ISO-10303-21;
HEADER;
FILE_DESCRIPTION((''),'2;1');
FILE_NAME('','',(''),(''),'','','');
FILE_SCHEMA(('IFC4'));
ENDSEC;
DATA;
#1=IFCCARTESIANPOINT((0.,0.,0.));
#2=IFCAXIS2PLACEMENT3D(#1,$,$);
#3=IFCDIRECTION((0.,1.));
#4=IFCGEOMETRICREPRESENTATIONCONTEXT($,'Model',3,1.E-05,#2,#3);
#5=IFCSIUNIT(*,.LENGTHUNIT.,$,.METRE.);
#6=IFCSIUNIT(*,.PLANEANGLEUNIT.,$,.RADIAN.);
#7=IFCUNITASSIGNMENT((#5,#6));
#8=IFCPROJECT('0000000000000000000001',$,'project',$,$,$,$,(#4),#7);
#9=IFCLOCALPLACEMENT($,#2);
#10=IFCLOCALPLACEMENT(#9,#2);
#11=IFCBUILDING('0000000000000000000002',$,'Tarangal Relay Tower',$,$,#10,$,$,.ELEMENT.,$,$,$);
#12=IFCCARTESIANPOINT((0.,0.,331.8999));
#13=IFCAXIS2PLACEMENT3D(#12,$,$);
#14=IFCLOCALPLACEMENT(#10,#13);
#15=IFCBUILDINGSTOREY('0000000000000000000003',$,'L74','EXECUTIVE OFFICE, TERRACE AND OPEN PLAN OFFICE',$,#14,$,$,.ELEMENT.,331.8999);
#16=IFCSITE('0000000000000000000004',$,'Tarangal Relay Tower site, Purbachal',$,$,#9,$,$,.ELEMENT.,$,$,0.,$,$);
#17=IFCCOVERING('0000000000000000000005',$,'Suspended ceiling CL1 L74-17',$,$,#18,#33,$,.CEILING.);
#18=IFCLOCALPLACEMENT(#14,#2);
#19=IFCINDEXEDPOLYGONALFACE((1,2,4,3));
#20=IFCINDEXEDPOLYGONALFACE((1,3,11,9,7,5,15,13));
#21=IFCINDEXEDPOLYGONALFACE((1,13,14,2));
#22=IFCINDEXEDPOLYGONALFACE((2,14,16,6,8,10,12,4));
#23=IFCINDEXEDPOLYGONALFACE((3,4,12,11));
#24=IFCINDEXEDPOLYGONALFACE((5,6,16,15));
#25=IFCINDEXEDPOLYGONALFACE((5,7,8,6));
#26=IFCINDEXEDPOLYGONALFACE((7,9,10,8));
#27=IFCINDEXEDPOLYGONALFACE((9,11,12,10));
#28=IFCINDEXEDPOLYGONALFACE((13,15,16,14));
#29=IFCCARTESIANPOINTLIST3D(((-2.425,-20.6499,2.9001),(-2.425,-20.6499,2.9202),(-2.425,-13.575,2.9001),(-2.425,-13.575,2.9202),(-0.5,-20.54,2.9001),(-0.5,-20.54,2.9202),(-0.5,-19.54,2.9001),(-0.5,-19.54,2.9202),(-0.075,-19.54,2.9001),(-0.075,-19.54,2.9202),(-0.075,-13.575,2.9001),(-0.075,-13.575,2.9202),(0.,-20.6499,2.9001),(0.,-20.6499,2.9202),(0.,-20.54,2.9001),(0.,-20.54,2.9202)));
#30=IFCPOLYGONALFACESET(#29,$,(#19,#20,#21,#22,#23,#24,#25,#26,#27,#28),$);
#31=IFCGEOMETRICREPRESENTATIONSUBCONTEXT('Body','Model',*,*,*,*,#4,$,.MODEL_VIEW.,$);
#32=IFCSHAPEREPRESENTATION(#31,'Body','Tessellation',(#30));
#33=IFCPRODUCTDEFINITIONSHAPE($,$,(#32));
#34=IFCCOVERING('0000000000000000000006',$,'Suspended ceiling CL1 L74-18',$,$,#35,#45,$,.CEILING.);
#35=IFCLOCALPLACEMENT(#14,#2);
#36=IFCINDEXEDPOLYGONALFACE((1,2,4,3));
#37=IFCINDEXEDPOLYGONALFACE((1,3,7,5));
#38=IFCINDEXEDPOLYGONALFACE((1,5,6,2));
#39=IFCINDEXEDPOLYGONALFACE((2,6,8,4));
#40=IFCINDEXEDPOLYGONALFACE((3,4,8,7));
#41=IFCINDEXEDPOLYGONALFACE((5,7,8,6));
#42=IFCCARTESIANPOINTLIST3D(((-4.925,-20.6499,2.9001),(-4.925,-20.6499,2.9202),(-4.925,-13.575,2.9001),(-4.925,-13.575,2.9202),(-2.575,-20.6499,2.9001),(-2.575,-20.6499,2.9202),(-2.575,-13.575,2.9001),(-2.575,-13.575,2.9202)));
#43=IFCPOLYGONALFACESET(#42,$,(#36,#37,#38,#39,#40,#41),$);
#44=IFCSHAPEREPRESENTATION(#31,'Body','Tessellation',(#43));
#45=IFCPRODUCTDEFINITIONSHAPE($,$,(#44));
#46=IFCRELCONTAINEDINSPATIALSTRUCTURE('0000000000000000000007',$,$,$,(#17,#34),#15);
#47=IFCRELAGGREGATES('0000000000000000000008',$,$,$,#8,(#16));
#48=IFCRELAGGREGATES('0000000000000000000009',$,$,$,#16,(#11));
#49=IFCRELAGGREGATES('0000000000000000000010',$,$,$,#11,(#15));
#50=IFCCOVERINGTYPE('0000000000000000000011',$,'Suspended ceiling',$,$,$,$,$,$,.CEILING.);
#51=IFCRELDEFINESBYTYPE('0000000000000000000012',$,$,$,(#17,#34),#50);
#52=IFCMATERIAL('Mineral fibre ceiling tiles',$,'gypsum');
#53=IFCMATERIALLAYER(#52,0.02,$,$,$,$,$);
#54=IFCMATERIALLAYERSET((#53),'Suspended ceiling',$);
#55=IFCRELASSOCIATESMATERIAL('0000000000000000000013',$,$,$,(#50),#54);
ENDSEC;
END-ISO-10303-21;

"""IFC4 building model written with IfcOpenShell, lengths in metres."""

from ifc_helpers import new_model, si_unit, direction, frame, origin, place, context, subcontext, project, spatial, polyline, outline, extrude, material, layer, layer_set, type_object, element, save


model = new_model("IFC4")

# Units and contexts
model_context = context("Model", 3, precision=1e-05, world=origin(), true_north=direction((0.0, 1.0)))
body_context = subcontext(model_context, "Body", "Model", "MODEL_VIEW")
ifc_project = project(units=[si_unit("LENGTHUNIT", "METRE"), si_unit("PLANEANGLEUNIT", "RADIAN")], contexts=[model_context])

# Site, building, storey
site_placement = place(None, origin())
site = spatial("IfcSite", under=ifc_project, at=site_placement, Name="Tarangal Relay Tower site, Purbachal", CompositionType="ELEMENT", RefElevation=0.0)
building_placement = place(site_placement, origin())
building = spatial("IfcBuilding", under=site, at=building_placement, Name="Tarangal Relay Tower", CompositionType="ELEMENT")
storey_placement = place(building_placement, frame((0.0, 0.0, 331.8999)))
storey = spatial("IfcBuildingStorey", under=building, at=storey_placement, Name="L74", Description="EXECUTIVE OFFICE, TERRACE AND OPEN PLAN OFFICE", CompositionType="ELEMENT", Elevation=331.8999)

# Coverings
ifc_material_1 = material(Name="Mineral fibre ceiling tiles", Category="gypsum")
ifc_layer_1 = layer(ifc_material_1, 0.02)
ifc_layer_set_1 = layer_set([ifc_layer_1], Name="Suspended ceiling")
covering_type_1 = type_object("IfcCoveringType", Name="Suspended ceiling", PredefinedType="CEILING", material=ifc_layer_set_1)
covering_1_placement = place(storey_placement, frame((0.0, 0.0, 2.9001)))
element("IfcCovering", 1, at=covering_1_placement, inside=storey, type_object=covering_type_1, Name="Suspended ceiling CL1 L74-17", PredefinedType="CEILING", context=body_context, shape_type="SweptSolid", body=[
    extrude(outline(polyline([(-2.425, -20.6499), (0.0, -20.6499), (0.0, -20.54), (-0.5, -20.54), (-0.5, -19.54), (-0.075, -19.54), (-0.075, -13.575), (-2.425, -13.575), (-2.425, -20.6499)])), origin(), (0.0, 0.0, 1.0), 0.02),
])
covering_2_placement = place(storey_placement, frame((0.0, 0.0, 2.9001)))
element("IfcCovering", 2, at=covering_2_placement, inside=storey, type_object=covering_type_1, Name="Suspended ceiling CL1 L74-18", PredefinedType="CEILING", context=body_context, shape_type="SweptSolid", body=[
    extrude(outline(polyline([(-2.575, -20.6499), (-2.575, -13.575), (-4.925, -13.575), (-4.925, -20.6499), (-2.575, -20.6499)])), origin(), (0.0, 0.0, 1.0), 0.02),
])

save(model, "model.ifc")
